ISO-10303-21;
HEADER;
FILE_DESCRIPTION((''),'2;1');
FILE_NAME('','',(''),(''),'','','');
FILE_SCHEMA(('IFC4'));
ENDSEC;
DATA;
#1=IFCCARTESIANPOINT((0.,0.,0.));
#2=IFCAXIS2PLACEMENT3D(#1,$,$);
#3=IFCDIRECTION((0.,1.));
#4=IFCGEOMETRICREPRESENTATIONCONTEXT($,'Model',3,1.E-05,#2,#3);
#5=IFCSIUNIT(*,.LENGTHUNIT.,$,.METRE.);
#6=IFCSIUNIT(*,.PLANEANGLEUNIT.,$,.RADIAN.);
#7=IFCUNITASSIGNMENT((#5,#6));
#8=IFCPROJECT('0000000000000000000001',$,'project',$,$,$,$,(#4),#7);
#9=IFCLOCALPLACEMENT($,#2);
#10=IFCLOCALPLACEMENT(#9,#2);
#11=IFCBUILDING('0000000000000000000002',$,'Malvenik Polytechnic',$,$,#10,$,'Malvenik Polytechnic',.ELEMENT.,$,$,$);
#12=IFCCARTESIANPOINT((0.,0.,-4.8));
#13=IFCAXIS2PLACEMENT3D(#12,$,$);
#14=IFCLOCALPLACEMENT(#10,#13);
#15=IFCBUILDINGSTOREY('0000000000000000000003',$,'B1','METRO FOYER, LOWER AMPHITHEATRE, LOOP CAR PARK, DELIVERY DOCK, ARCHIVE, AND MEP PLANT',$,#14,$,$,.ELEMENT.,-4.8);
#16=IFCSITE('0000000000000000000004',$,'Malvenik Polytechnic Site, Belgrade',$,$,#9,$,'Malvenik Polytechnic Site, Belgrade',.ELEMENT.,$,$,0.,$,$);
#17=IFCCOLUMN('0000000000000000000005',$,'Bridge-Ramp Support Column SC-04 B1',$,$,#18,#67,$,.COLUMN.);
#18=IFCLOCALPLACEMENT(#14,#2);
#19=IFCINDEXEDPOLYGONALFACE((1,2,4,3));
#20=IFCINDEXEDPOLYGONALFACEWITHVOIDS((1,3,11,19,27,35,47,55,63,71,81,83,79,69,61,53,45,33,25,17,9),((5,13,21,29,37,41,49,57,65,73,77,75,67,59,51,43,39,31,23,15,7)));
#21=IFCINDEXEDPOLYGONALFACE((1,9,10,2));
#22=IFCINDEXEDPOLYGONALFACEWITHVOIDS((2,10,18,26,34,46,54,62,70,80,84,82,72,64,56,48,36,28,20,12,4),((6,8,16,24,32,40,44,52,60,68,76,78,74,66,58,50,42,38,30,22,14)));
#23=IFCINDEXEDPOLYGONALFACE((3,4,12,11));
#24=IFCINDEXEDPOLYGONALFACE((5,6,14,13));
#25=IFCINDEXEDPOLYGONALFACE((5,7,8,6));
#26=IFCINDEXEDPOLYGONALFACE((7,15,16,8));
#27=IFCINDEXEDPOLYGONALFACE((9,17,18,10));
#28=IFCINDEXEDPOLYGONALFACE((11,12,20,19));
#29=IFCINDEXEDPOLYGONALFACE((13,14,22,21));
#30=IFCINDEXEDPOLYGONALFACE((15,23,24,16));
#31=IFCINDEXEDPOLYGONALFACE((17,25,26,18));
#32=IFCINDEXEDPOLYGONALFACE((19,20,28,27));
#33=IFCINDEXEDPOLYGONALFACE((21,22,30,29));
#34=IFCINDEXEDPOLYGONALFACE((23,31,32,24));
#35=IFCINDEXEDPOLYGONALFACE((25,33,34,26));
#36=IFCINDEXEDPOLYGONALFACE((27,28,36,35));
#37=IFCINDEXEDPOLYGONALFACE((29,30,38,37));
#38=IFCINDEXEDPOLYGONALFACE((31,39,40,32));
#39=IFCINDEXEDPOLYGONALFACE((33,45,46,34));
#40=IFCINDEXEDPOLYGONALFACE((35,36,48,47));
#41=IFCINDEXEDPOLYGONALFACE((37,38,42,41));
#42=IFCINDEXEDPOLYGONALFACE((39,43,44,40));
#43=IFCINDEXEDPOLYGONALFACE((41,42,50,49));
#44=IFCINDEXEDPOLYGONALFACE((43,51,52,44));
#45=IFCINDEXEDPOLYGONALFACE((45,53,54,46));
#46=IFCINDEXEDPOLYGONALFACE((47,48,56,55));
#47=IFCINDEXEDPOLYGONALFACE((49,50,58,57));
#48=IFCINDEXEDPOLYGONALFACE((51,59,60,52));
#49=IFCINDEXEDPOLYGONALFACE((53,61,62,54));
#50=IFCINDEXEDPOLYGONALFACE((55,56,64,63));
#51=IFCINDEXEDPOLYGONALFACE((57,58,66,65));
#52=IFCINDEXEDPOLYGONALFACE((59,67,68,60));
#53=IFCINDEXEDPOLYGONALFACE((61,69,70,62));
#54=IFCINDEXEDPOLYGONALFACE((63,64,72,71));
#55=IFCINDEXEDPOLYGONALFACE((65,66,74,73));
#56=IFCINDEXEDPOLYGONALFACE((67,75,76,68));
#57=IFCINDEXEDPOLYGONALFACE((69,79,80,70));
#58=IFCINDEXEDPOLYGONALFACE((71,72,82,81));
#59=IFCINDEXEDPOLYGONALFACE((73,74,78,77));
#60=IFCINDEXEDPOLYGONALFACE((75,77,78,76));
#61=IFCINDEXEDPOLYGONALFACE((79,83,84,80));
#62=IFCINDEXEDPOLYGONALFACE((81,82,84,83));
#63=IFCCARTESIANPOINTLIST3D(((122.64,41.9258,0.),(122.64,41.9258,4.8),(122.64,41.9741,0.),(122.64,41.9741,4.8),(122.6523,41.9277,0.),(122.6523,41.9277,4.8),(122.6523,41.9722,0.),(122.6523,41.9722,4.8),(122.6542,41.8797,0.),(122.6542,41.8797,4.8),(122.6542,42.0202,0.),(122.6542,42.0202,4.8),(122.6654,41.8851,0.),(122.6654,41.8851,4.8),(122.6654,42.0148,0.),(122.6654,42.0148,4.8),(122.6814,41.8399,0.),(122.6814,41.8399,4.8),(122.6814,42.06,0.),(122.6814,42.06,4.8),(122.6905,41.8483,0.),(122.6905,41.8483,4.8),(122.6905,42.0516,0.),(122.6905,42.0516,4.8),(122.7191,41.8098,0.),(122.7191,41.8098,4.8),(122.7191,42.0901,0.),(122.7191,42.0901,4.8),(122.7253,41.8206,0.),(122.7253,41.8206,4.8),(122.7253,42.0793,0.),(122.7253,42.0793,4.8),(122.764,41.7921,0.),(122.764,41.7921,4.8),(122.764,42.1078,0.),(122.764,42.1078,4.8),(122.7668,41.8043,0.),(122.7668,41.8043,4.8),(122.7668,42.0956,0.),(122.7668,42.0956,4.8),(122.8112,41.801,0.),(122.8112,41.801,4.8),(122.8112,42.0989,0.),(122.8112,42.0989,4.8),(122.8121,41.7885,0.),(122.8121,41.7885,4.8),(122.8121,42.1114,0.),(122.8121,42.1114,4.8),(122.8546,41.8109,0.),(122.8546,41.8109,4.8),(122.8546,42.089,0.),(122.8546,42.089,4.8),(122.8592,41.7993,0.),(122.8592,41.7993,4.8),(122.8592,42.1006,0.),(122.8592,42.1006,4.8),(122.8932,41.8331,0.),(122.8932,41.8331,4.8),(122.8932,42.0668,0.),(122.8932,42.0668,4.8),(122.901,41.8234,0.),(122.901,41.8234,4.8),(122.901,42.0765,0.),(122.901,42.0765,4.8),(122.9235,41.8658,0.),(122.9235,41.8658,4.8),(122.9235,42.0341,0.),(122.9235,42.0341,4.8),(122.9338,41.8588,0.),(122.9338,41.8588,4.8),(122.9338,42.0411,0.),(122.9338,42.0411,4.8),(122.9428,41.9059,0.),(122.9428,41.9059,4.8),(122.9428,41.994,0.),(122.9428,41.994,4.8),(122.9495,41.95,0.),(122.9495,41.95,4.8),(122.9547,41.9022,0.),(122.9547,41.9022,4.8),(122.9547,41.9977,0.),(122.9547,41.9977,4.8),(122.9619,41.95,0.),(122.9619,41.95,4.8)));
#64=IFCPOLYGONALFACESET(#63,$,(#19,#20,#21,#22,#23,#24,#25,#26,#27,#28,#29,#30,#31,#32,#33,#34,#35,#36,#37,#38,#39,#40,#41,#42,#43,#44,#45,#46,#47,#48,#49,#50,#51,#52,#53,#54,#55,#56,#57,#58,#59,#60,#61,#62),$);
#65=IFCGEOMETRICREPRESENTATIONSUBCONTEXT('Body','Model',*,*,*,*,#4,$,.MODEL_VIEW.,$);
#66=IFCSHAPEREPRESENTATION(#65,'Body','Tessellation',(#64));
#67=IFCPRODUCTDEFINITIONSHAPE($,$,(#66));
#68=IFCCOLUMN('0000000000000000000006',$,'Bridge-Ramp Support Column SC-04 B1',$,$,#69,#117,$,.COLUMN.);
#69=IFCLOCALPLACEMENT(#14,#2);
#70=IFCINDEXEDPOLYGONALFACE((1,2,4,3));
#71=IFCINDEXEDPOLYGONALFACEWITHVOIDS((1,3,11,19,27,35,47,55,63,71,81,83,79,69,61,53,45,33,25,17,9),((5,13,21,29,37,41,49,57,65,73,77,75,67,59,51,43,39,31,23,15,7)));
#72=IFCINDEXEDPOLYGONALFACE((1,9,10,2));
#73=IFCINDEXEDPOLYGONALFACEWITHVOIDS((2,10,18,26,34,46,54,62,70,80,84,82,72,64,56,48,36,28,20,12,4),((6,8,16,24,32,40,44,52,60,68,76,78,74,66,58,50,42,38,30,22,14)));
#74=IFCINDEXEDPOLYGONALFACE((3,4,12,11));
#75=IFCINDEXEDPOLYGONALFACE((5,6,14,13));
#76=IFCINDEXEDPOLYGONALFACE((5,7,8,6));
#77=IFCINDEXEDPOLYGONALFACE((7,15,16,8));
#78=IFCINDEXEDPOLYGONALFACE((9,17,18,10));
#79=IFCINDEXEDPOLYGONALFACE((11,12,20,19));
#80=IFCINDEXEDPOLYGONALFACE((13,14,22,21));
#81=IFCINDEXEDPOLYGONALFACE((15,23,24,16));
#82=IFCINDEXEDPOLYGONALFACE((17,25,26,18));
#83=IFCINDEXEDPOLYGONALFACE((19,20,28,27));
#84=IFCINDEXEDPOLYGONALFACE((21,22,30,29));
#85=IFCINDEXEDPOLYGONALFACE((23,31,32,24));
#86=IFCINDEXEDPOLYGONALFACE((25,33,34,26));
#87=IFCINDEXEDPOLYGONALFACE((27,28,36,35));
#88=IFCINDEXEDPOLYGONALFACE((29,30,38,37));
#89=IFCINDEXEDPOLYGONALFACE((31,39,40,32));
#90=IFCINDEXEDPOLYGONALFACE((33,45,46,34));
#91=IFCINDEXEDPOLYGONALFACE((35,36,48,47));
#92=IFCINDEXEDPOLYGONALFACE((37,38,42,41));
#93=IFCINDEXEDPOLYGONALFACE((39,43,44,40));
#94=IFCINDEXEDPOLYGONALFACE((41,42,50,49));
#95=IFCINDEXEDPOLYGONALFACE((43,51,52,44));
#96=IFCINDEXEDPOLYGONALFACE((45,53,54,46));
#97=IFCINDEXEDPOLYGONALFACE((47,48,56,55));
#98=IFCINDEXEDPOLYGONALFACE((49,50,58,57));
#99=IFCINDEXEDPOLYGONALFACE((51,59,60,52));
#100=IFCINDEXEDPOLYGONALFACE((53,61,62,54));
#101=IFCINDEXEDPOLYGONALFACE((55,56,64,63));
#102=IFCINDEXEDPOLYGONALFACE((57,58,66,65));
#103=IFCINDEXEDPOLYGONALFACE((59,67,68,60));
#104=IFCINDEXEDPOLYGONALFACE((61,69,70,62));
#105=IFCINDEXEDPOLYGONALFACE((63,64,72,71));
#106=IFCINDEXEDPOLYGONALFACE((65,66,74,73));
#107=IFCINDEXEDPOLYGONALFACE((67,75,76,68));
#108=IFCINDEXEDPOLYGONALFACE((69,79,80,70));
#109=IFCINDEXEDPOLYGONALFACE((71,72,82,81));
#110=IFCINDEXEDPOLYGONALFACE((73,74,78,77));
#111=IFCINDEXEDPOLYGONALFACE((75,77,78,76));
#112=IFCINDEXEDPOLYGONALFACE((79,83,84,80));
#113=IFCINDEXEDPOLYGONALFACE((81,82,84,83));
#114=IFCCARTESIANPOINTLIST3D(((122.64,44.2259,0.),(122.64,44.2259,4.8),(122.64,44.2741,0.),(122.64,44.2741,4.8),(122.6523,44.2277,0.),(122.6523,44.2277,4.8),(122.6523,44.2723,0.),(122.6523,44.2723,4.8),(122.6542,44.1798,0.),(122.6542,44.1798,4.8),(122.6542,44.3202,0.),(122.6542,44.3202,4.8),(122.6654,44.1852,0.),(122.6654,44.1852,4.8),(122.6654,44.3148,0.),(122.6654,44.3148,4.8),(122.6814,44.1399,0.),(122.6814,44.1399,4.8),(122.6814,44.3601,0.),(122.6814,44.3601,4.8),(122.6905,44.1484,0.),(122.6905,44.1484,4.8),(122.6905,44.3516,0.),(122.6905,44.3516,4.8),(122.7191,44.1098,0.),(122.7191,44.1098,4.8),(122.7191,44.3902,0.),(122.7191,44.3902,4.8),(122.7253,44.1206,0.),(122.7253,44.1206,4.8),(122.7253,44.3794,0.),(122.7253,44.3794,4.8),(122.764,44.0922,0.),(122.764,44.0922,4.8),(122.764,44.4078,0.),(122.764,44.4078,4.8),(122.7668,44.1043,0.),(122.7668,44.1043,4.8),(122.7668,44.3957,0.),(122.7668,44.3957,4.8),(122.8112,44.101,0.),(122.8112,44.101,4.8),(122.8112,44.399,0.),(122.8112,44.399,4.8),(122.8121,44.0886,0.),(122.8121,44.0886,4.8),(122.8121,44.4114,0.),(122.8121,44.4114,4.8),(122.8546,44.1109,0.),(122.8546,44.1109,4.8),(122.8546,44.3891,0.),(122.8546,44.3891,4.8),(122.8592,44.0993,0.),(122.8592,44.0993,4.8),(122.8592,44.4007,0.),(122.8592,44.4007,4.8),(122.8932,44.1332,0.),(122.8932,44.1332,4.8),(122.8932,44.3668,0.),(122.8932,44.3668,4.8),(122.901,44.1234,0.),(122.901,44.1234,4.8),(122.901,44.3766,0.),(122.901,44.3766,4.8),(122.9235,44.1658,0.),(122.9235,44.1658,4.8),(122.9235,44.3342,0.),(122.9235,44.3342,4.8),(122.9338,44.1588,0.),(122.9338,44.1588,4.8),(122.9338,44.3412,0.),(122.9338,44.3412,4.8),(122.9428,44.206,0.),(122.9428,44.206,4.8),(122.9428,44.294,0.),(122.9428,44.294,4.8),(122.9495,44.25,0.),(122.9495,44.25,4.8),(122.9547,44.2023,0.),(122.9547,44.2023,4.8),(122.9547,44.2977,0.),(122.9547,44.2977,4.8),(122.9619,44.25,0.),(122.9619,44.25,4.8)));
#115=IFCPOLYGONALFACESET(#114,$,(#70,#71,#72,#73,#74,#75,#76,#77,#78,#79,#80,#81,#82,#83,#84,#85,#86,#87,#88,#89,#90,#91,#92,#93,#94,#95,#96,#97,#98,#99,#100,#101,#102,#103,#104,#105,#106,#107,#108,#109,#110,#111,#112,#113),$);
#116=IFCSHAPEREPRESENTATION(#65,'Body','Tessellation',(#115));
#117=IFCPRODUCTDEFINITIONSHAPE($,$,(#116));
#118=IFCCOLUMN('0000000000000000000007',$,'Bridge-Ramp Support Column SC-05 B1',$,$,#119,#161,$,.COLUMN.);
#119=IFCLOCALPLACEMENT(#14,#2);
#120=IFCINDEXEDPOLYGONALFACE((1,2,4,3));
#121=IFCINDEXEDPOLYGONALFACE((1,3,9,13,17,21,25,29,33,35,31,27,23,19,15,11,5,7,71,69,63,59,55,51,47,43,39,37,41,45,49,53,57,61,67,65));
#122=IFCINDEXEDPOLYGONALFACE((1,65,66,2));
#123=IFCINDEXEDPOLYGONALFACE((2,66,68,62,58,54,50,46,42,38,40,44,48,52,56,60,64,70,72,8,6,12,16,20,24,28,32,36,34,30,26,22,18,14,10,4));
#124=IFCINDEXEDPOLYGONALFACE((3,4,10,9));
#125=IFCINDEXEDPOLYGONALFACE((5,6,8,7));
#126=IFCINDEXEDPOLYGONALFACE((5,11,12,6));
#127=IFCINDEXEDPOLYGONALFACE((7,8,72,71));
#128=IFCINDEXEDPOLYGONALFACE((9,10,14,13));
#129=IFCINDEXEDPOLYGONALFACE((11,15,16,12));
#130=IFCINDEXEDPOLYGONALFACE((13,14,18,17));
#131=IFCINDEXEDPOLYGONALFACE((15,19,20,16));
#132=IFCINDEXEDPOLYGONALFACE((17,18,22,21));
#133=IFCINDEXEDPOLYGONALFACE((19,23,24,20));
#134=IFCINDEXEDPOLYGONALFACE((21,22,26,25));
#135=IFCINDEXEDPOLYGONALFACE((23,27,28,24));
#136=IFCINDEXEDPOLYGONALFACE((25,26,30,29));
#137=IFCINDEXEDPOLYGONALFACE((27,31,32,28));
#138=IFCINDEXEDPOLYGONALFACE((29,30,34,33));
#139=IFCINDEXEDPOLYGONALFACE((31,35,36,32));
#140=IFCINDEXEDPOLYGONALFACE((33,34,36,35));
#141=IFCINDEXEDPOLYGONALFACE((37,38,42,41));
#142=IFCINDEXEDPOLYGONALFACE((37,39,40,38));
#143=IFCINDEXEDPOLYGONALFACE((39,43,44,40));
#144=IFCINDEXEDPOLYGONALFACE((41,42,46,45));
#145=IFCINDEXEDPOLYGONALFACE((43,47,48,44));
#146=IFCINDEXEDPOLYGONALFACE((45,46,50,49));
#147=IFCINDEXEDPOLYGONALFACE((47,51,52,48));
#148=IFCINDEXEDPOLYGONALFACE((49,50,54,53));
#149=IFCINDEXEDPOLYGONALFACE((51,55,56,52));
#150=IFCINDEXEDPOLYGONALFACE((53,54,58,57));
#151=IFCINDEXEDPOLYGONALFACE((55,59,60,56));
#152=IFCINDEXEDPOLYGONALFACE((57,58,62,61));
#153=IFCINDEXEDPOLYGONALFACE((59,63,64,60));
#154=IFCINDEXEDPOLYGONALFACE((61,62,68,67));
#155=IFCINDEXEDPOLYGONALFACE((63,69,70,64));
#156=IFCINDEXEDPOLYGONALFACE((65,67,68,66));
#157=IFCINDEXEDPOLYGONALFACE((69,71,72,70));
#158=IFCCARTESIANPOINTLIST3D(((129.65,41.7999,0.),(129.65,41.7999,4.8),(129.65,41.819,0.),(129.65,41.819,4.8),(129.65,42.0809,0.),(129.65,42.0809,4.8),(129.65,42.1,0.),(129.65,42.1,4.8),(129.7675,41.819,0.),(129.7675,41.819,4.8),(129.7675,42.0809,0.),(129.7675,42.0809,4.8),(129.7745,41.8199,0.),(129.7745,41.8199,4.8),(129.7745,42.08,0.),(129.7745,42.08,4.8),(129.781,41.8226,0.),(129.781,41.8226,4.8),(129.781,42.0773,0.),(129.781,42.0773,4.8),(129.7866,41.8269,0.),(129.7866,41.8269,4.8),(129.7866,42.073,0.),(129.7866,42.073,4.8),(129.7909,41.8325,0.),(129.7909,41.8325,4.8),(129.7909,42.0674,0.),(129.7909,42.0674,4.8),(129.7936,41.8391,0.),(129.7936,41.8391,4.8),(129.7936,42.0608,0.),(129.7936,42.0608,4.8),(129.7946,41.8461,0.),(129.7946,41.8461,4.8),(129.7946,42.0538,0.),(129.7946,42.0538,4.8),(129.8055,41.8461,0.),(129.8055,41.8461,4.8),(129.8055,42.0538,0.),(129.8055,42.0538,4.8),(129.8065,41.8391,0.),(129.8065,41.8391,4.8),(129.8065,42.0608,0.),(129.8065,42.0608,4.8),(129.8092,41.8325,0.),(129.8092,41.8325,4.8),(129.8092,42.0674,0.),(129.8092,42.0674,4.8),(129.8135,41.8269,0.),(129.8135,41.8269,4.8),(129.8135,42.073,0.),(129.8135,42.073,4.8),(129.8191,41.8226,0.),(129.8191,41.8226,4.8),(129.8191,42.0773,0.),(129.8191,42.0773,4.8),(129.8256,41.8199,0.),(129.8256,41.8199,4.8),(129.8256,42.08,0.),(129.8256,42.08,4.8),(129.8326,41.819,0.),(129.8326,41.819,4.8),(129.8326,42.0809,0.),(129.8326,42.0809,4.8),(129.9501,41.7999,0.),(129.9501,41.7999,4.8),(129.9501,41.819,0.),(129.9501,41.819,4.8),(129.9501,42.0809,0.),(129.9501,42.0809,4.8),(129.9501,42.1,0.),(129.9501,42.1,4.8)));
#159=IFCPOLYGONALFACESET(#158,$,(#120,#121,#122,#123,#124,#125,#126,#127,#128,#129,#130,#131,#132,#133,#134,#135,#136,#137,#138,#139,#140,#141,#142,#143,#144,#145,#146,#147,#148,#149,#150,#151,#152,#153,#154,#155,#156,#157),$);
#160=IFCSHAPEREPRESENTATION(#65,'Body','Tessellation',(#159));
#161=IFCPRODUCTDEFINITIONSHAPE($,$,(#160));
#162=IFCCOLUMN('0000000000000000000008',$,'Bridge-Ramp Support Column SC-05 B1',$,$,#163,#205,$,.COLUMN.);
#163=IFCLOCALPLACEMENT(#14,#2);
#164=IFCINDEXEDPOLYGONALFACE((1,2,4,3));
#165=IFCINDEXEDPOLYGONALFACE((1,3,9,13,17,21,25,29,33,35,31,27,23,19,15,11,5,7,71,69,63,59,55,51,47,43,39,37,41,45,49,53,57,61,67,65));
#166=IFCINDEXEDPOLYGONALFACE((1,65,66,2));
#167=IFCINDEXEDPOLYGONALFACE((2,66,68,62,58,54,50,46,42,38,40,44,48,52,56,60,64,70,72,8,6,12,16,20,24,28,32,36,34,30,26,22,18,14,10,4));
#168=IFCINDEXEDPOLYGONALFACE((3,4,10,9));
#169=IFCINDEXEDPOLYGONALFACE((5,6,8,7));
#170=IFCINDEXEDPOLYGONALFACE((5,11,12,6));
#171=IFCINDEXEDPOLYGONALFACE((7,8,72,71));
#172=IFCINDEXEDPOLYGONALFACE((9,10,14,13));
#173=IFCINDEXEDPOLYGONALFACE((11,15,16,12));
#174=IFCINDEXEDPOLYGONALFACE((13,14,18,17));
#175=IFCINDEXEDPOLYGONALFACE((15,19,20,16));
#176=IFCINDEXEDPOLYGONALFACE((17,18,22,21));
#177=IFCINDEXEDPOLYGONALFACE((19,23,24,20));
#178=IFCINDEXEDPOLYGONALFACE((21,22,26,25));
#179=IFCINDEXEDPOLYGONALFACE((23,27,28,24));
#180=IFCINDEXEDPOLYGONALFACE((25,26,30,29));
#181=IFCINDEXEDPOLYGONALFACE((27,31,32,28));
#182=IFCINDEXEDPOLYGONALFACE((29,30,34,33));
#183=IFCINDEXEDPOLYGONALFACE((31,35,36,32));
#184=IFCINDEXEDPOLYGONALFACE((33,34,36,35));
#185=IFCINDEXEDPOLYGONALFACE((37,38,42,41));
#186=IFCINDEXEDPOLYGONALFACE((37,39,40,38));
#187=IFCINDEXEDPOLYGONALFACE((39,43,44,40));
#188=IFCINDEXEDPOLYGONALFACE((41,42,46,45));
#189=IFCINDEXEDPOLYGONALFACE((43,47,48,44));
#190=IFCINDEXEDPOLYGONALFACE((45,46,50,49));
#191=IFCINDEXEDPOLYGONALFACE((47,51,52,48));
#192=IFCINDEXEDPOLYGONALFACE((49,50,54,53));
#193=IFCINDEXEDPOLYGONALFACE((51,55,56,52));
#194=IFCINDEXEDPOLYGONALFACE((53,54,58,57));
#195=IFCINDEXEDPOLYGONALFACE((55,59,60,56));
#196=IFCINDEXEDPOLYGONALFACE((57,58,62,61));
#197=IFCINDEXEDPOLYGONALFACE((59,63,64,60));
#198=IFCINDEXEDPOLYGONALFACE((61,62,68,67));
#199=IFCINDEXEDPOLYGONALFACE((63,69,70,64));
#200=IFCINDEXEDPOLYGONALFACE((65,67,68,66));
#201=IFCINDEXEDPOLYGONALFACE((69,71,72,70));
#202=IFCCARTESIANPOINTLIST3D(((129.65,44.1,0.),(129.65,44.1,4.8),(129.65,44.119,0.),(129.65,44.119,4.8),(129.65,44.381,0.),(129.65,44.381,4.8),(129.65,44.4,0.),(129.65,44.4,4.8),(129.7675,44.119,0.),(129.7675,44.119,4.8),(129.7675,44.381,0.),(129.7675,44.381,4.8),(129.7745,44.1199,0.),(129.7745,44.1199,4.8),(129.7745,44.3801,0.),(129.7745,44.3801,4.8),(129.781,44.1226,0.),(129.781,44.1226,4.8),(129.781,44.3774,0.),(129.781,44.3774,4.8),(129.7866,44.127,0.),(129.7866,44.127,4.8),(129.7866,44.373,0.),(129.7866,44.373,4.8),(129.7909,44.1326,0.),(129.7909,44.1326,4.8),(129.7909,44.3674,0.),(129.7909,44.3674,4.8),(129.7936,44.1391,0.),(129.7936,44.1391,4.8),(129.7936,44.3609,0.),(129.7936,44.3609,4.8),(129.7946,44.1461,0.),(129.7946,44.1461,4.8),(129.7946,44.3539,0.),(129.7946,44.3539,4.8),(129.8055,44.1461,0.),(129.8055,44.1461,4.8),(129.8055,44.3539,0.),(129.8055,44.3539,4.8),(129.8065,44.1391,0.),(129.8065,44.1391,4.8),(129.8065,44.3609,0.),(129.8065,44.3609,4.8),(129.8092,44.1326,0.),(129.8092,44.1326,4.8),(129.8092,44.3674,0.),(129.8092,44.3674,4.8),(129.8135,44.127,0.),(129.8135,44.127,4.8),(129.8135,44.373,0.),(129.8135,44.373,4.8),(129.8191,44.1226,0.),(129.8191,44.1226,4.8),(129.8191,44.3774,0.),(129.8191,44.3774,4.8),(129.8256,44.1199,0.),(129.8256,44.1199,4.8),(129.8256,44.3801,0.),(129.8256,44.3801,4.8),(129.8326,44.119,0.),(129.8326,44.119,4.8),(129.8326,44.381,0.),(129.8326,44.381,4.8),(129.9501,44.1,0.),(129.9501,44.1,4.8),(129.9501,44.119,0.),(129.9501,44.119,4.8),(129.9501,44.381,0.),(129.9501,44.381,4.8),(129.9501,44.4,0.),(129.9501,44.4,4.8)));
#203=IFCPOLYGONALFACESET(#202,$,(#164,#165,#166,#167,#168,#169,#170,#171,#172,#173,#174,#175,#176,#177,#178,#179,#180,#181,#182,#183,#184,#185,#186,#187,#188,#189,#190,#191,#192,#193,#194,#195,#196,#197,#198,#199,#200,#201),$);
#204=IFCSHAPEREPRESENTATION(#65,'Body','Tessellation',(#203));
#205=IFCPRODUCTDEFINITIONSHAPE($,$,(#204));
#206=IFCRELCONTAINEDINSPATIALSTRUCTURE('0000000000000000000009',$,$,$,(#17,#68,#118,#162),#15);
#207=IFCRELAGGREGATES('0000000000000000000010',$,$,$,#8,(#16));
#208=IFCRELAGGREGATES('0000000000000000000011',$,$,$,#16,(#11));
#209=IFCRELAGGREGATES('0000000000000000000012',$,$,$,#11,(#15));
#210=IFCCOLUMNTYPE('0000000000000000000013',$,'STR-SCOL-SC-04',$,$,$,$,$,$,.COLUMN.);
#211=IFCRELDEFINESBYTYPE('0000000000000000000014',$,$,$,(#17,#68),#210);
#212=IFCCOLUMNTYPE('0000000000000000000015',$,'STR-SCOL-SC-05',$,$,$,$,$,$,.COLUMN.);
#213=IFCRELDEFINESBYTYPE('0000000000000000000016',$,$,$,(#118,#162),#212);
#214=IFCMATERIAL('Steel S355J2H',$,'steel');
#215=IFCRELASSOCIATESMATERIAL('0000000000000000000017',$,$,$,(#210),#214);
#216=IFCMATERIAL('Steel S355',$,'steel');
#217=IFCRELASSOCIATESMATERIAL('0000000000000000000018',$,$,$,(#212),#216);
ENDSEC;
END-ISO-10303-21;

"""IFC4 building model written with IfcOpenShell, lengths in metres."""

from ifc_helpers import new_model, si_unit, direction, frame, origin, origin_2d, place, context, subcontext, project, spatial, hollow_circle, i_section, extrude, material, material_profile, profile_set, type_object, element, save


model = new_model("IFC4")

# Units and contexts
model_context = context("Model", 3, precision=1e-05, world=origin(), true_north=direction((0.0, 1.0)))
body_context = subcontext(model_context, "Body", "Model", "MODEL_VIEW")
ifc_project = project(units=[si_unit("LENGTHUNIT", "METRE"), si_unit("PLANEANGLEUNIT", "RADIAN")], contexts=[model_context])

# Site, building, storey
site_placement = place(None, origin())
site = spatial("IfcSite", under=ifc_project, at=site_placement, Name="Malvenik Polytechnic Site, Belgrade", LongName="Malvenik Polytechnic Site, Belgrade", CompositionType="ELEMENT", RefElevation=0.0)
building_placement = place(site_placement, origin())
building = spatial("IfcBuilding", under=site, at=building_placement, Name="Malvenik Polytechnic", LongName="Malvenik Polytechnic", CompositionType="ELEMENT")
storey_placement = place(building_placement, frame((0.0, 0.0, -4.8)))
storey = spatial("IfcBuildingStorey", under=building, at=storey_placement, Name="B1", Description="METRO FOYER, LOWER AMPHITHEATRE, LOOP CAR PARK, DELIVERY DOCK, ARCHIVE, AND MEP PLANT", CompositionType="ELEMENT", Elevation=-4.8)

# Columns
ifc_material_1 = material(Name="Steel S355J2H", Category="steel")
ifc_material_profile_1 = material_profile(ifc_material_1, hollow_circle(Radius=0.1619, WallThickness=0.0125, at=origin_2d()), Name="CHS 323.9x12.5")
ifc_profile_set_1 = profile_set([ifc_material_profile_1], Name="Steel S355J2H")
column_type_1 = type_object("IfcColumnType", Name="STR-SCOL-SC-04", PredefinedType="COLUMN", material=ifc_profile_set_1)
for number, where, z_axis, x_axis, name in (
    (1, (122.8, 41.95, 0.0), (0.0, 0.0, 1.0), (1.0, 0.0, 0.0), "Bridge-Ramp Support Column SC-04 B1"),
    (2, (122.8, 44.25, 0.0), (0.0, 0.0, 1.0), (1.0, 0.0, 0.0), "Bridge-Ramp Support Column SC-04 B1"),
):
    element("IfcColumn", number, at=place(storey_placement, frame(where, z_axis=z_axis, x_axis=x_axis)), inside=storey, type_object=column_type_1, Name=name, PredefinedType="COLUMN", context=body_context, shape_type="SweptSolid", body=[
        extrude(hollow_circle(Radius=0.1619, WallThickness=0.0125, at=origin_2d()), origin(), (0.0, 0.0, 1.0), 4.8),
    ])
ifc_material_2 = material(Name="Steel S355", Category="steel")
ifc_material_profile_2 = material_profile(ifc_material_2, i_section(OverallWidth=0.3, OverallDepth=0.3, WebThickness=0.011, FlangeThickness=0.019, FilletRadius=0.0271, at=origin_2d()), Name="HEB 300")
ifc_profile_set_2 = profile_set([ifc_material_profile_2], Name="Steel S355")
column_type_2 = type_object("IfcColumnType", Name="STR-SCOL-SC-05", PredefinedType="COLUMN", material=ifc_profile_set_2)
for number, where, z_axis, x_axis, name in (
    (3, (129.8, 41.95, 0.0), (0.0, 0.0, 1.0), (1.0, 0.0, 0.0), "Bridge-Ramp Support Column SC-05 B1"),
    (4, (129.8, 44.25, 0.0), (0.0, 0.0, 1.0), (1.0, 0.0, 0.0), "Bridge-Ramp Support Column SC-05 B1"),
):
    element("IfcColumn", number, at=place(storey_placement, frame(where, z_axis=z_axis, x_axis=x_axis)), inside=storey, type_object=column_type_2, Name=name, PredefinedType="COLUMN", context=body_context, shape_type="SweptSolid", body=[
        extrude(i_section(OverallWidth=0.3, OverallDepth=0.3, WebThickness=0.011, FlangeThickness=0.019, FilletRadius=0.0271, at=origin_2d()), origin(), (0.0, 0.0, 1.0), 4.8),
    ])

save(model, "model.ifc")
